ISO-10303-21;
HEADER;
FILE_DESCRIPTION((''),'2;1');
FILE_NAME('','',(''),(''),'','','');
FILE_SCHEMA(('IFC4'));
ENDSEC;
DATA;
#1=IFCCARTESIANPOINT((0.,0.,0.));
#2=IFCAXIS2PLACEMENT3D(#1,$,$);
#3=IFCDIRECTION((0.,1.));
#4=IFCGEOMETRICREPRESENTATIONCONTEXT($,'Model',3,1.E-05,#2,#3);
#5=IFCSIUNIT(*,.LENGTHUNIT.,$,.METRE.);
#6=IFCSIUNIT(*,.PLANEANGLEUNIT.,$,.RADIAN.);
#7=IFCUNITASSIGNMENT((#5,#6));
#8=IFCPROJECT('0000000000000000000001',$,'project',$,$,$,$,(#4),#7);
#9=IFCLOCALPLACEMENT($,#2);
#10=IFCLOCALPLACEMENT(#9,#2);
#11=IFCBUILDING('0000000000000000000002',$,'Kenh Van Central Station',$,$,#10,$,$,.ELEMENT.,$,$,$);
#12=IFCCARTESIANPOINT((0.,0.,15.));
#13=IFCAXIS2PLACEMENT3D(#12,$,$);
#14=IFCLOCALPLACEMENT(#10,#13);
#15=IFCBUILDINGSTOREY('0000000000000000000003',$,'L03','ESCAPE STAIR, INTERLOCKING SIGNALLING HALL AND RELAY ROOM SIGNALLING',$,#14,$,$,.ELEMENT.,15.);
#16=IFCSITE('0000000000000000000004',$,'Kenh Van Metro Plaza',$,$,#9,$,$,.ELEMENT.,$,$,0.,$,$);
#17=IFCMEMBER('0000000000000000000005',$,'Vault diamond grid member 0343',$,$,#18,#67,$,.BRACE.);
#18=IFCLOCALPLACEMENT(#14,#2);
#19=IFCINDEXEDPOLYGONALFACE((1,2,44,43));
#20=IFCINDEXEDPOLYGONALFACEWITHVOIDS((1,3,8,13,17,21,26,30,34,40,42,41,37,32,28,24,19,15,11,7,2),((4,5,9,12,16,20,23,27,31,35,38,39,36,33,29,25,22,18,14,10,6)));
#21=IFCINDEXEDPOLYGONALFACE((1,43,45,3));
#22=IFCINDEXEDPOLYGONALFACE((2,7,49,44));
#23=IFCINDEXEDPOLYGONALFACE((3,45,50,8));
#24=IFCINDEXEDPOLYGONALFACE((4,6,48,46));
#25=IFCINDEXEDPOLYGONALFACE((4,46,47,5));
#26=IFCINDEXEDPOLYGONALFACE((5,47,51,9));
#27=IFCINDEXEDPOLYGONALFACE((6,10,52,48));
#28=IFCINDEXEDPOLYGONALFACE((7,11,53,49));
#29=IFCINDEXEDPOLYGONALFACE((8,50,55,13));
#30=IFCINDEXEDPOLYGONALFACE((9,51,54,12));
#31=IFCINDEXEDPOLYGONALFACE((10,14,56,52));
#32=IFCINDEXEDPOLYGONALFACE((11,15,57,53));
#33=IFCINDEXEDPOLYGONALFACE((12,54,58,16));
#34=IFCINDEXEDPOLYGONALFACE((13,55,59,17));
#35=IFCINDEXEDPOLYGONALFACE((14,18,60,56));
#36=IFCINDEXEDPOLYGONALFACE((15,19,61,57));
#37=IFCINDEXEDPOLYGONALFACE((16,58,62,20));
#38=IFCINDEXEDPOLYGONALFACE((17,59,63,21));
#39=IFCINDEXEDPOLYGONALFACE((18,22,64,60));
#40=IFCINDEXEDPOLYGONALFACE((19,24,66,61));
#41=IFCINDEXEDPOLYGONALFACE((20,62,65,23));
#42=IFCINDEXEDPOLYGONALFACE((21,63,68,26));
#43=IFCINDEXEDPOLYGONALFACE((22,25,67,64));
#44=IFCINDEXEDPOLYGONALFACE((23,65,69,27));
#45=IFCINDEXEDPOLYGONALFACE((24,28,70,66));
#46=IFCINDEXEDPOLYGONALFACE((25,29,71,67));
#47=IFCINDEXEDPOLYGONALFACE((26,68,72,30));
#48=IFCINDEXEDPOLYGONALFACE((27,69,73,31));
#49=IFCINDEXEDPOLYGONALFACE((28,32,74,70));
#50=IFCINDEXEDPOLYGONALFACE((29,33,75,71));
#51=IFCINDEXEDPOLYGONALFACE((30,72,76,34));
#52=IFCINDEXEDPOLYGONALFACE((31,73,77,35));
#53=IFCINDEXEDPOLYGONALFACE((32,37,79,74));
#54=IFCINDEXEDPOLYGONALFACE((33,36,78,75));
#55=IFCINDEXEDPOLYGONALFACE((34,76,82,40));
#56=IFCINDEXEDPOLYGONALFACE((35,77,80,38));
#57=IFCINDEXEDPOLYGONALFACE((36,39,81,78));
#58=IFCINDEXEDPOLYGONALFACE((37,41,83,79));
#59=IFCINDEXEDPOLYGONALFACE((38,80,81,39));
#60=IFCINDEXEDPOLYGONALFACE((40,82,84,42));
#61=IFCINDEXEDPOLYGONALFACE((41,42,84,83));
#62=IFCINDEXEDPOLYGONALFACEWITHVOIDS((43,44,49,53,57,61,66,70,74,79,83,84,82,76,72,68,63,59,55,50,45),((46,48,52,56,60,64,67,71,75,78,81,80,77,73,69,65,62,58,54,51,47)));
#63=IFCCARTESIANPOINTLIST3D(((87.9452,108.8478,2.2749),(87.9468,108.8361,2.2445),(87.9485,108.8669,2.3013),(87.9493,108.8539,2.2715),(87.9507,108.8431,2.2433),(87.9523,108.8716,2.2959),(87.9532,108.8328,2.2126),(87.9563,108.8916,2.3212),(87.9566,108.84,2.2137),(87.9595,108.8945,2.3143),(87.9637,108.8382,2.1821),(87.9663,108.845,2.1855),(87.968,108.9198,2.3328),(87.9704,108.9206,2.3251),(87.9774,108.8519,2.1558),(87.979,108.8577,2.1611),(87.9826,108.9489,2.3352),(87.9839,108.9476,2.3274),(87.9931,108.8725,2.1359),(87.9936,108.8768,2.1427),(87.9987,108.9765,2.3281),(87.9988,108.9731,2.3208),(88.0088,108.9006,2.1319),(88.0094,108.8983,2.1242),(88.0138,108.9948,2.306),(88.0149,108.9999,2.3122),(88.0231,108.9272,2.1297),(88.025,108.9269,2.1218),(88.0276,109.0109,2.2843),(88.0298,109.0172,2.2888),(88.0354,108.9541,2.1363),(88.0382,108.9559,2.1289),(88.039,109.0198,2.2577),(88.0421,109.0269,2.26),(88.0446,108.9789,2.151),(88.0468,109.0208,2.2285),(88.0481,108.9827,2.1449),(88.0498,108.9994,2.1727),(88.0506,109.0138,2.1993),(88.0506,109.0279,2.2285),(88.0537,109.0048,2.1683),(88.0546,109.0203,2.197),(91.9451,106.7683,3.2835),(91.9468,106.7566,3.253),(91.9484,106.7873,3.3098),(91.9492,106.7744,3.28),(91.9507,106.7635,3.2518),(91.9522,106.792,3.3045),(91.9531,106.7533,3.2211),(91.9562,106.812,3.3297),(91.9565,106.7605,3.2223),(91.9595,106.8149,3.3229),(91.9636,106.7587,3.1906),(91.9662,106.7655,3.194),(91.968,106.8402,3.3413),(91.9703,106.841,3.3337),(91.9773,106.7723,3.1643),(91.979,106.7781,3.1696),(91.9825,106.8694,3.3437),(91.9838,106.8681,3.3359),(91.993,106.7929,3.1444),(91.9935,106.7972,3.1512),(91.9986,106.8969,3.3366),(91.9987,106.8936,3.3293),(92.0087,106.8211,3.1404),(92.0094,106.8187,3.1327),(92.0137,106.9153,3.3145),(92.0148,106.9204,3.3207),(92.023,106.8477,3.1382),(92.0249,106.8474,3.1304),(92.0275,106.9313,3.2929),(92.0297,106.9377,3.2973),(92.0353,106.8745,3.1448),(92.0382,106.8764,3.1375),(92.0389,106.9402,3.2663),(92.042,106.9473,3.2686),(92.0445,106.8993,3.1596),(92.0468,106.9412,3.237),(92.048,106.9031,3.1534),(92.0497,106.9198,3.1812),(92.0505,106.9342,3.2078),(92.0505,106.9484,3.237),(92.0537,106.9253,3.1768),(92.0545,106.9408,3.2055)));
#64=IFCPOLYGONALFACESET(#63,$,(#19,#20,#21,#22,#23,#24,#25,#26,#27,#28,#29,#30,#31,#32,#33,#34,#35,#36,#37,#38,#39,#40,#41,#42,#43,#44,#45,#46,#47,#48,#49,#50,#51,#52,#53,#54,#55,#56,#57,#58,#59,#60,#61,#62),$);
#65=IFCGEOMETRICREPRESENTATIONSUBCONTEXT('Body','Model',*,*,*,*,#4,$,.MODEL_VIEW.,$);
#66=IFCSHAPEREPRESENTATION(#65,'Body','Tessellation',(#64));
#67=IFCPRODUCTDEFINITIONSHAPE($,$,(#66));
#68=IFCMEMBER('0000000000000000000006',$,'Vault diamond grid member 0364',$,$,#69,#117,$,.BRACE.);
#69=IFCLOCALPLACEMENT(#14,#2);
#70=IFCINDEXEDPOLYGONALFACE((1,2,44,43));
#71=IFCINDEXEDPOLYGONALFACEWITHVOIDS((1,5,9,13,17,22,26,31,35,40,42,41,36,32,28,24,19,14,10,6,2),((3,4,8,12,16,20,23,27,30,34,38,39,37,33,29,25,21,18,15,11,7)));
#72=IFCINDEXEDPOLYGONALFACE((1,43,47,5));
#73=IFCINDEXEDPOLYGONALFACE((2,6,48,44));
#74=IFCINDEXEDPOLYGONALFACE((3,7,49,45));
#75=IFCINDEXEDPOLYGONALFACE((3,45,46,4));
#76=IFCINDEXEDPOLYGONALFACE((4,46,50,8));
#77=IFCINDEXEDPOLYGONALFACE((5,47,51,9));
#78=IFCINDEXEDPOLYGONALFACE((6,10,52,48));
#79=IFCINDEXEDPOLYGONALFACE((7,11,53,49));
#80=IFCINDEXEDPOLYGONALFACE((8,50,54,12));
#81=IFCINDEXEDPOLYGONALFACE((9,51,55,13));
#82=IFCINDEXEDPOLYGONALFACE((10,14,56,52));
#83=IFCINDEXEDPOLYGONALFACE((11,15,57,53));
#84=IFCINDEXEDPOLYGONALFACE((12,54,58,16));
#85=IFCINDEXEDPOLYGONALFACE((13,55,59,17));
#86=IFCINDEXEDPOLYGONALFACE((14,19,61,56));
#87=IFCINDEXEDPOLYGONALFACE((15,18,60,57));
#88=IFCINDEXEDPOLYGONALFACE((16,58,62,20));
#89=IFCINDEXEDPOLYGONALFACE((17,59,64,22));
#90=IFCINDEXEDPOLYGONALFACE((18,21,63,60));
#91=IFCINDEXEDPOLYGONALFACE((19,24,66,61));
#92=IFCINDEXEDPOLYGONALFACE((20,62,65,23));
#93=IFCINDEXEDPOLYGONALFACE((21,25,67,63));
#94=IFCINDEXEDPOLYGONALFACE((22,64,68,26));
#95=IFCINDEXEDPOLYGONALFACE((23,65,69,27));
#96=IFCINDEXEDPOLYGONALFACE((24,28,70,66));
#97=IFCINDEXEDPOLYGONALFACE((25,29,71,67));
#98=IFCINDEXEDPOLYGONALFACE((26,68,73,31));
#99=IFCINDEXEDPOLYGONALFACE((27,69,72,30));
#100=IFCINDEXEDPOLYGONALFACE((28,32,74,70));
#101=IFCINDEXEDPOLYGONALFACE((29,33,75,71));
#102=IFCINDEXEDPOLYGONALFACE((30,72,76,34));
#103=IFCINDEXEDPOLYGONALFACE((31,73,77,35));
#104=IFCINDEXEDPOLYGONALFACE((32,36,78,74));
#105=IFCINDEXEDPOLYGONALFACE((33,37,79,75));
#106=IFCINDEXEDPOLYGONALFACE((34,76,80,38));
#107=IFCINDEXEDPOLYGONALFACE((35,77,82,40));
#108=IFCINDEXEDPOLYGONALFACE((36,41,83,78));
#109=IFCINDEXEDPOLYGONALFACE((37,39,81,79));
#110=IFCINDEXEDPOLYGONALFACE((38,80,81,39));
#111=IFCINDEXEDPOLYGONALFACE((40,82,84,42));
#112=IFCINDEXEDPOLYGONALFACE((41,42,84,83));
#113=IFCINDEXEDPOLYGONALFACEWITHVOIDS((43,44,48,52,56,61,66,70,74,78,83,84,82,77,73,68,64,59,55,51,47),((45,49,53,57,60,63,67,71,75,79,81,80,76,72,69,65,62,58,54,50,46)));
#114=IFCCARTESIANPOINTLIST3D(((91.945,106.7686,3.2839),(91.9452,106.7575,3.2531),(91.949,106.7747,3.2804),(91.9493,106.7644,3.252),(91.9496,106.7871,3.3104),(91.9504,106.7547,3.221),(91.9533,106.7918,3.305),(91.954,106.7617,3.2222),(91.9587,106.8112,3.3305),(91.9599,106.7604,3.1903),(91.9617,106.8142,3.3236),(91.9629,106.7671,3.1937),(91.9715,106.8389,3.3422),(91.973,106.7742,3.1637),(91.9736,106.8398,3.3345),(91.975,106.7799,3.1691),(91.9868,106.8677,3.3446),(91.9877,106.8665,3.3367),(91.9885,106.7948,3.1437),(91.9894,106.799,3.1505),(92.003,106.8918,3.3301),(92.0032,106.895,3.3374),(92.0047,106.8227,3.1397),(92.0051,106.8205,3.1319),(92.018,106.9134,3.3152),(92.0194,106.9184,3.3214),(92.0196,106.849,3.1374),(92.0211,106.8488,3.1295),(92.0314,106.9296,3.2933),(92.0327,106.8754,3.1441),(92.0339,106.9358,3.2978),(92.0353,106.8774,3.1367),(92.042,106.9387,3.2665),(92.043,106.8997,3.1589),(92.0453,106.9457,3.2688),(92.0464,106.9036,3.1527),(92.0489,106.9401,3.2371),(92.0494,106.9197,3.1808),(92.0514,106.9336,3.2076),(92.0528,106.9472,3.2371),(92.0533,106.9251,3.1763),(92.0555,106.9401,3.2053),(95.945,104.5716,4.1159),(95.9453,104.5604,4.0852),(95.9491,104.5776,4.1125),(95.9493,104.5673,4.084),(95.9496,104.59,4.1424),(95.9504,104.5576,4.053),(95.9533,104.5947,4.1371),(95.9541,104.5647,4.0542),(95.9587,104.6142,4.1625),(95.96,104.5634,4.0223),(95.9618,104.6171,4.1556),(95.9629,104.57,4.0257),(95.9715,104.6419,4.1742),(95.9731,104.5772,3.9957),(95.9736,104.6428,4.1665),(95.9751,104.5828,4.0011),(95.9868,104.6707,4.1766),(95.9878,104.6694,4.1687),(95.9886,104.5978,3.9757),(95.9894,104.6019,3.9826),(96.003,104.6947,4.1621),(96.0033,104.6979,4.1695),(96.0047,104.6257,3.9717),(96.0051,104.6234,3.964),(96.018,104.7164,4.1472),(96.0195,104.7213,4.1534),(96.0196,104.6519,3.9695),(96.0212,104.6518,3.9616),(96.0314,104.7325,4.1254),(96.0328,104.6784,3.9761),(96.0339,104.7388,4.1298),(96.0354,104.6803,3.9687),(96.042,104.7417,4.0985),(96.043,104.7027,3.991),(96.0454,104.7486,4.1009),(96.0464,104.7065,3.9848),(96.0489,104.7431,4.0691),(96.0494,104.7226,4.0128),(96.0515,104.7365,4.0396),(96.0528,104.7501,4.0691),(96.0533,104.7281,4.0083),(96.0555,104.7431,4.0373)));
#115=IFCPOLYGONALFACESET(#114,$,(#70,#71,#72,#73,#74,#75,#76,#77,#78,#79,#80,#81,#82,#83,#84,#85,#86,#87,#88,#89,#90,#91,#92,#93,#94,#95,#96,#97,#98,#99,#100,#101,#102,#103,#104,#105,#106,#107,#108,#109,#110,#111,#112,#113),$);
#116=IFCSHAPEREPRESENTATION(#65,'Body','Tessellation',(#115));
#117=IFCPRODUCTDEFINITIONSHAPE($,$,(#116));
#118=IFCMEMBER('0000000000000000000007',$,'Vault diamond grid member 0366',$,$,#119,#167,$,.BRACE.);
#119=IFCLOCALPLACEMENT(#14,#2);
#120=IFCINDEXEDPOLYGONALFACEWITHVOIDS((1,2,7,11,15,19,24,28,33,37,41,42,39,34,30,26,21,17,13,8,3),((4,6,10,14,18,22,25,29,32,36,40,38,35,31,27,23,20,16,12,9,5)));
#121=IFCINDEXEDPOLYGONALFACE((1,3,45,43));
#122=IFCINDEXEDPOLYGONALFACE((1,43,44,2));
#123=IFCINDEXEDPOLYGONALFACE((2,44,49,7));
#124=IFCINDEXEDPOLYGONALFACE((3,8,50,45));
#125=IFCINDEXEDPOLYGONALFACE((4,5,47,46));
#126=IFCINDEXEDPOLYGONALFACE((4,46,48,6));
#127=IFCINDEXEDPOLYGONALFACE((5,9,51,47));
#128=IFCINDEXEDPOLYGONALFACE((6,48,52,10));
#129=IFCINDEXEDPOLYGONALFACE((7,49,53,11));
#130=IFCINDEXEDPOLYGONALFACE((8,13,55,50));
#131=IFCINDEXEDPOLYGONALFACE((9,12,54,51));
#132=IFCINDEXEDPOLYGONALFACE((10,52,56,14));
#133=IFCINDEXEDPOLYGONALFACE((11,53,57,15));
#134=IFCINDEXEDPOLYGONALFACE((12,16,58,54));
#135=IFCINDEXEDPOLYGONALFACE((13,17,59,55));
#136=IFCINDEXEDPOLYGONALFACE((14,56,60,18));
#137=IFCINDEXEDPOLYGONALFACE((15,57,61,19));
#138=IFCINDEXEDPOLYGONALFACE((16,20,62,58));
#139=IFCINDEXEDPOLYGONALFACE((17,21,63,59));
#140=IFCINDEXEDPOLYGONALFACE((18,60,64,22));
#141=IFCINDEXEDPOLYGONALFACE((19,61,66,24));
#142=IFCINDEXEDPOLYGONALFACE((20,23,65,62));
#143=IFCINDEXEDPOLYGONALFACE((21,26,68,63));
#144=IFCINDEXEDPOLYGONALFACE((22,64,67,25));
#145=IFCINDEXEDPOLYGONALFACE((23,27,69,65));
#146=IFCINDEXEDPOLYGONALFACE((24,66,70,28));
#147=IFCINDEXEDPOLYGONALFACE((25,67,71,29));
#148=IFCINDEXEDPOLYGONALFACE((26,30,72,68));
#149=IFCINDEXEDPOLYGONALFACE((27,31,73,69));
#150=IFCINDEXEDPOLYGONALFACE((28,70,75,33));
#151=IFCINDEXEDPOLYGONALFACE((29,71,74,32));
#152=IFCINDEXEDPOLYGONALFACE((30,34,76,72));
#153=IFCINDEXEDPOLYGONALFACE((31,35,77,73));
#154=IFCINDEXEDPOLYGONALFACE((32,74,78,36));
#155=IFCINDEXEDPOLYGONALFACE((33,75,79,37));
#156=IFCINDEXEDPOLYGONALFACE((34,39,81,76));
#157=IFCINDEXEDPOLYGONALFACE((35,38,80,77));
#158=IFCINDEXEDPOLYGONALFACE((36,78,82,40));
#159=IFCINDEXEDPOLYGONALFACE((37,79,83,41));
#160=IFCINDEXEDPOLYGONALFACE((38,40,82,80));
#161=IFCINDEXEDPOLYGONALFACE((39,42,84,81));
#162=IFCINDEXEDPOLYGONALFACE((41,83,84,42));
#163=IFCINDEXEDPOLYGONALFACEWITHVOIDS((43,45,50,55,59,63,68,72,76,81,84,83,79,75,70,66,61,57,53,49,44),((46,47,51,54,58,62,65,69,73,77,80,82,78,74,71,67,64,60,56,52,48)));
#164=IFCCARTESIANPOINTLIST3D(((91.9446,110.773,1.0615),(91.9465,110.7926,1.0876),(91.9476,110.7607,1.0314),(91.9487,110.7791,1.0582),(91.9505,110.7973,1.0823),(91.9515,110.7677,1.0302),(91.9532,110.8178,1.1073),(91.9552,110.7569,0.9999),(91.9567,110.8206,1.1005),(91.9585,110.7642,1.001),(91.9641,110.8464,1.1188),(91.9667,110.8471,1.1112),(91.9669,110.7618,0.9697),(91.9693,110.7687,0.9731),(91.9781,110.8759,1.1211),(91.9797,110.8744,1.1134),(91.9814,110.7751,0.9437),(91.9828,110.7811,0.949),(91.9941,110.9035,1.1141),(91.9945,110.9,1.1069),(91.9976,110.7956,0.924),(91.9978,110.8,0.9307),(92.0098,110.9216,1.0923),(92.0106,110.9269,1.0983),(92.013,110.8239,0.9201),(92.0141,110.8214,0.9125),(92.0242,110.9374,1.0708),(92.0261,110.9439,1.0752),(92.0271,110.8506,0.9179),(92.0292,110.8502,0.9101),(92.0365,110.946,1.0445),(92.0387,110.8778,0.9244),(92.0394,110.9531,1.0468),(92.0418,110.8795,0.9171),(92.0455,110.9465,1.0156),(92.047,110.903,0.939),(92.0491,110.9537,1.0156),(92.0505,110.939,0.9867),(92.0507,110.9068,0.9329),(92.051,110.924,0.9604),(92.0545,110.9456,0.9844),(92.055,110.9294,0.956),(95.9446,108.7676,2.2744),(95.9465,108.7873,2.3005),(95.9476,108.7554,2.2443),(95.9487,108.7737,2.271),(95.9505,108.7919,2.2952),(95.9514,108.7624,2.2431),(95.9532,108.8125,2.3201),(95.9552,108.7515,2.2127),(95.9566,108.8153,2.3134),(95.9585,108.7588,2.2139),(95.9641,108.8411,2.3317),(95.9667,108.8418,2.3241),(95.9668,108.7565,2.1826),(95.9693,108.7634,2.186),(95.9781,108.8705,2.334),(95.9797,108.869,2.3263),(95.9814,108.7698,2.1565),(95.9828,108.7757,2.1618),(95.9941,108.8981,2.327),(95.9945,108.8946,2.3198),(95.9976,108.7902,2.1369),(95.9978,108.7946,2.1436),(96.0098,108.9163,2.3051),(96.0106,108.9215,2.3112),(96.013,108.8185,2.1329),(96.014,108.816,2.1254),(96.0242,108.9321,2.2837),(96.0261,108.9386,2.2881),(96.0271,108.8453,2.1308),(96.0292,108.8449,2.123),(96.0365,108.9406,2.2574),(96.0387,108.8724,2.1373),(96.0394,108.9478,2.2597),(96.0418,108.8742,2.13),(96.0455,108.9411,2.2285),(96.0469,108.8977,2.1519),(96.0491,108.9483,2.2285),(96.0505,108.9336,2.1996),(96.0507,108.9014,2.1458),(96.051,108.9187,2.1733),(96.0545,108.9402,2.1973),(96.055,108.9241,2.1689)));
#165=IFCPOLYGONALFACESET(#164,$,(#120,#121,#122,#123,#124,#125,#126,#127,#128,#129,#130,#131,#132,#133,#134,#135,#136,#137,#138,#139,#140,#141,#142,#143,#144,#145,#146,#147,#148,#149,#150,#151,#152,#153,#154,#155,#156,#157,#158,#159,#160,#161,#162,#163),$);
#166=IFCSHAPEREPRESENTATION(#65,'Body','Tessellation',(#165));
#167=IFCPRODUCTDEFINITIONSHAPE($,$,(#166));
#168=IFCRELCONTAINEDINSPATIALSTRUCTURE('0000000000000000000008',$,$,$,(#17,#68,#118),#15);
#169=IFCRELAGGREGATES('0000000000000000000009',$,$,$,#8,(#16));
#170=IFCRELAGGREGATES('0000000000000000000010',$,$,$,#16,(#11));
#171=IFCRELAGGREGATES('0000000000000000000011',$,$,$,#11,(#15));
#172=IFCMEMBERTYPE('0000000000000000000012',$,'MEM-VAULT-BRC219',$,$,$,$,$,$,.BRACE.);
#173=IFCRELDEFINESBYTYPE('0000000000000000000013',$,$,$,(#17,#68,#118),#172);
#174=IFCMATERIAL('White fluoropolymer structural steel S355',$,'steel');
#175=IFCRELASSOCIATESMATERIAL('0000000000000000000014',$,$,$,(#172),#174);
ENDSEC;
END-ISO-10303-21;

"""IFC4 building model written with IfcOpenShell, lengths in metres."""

from ifc_helpers import new_model, si_unit, direction, frame, origin, origin_2d, place, context, subcontext, project, spatial, hollow_circle, extrude, material, material_profile, profile_set, type_object, element, save


model = new_model("IFC4")

# Units and contexts
model_context = context("Model", 3, precision=1e-05, world=origin(), true_north=direction((0.0, 1.0)))
body_context = subcontext(model_context, "Body", "Model", "MODEL_VIEW")
ifc_project = project(units=[si_unit("LENGTHUNIT", "METRE"), si_unit("PLANEANGLEUNIT", "RADIAN")], contexts=[model_context])

# Site, building, storey
site_placement = place(None, origin())
site = spatial("IfcSite", under=ifc_project, at=site_placement, Name="Kenh Van Metro Plaza", CompositionType="ELEMENT", RefElevation=0.0)
building_placement = place(site_placement, origin())
building = spatial("IfcBuilding", under=site, at=building_placement, Name="Kenh Van Central Station", CompositionType="ELEMENT")
storey_placement = place(building_placement, frame((0.0, 0.0, 15.0)))
storey = spatial("IfcBuildingStorey", under=building, at=storey_placement, Name="L03", Description="ESCAPE STAIR, INTERLOCKING SIGNALLING HALL AND RELAY ROOM SIGNALLING", CompositionType="ELEMENT", Elevation=15.0)

# Shared definitions
ifc_material_1 = material(Name="White fluoropolymer structural steel S355", Category="steel")

# Members
ifc_material_profile_1 = material_profile(ifc_material_1, hollow_circle(Radius=0.1096, WallThickness=0.0081, at=origin_2d()), Name="CHS 219.1x8")
ifc_profile_set_1 = profile_set([ifc_material_profile_1], Name="White fluoropolymer structural steel S355")
member_type_1 = type_object("IfcMemberType", Name="MEM-VAULT-BRC219", PredefinedType="BRACE", material=ifc_profile_set_1)
member_1_placement = place(storey_placement, frame((88.0, 108.9307, 2.2285), z_axis=(0.865852, -0.450154, 0.218313), x_axis=(0.461281, 0.887254, 0.0)))
element("IfcMember", 1, at=member_1_placement, inside=storey, type_object=member_type_1, Name="Vault diamond grid member 0343", PredefinedType="BRACE", context=body_context, shape_type="SweptSolid", body=[
    extrude(hollow_circle(Radius=0.1096, WallThickness=0.0081, at=origin_2d()), origin(), (0.0, 0.0, 1.0), 4.6196),
])
member_2_placement = place(storey_placement, frame((92.0, 106.8511, 3.2371), z_axis=(0.862278, -0.473611, 0.17936), x_axis=(0.481418, 0.876491, 0.0)))
element("IfcMember", 2, at=member_2_placement, inside=storey, type_object=member_type_1, Name="Vault diamond grid member 0364", PredefinedType="BRACE", context=body_context, shape_type="SweptSolid", body=[
    extrude(hollow_circle(Radius=0.1096, WallThickness=0.0081, at=origin_2d()), origin(), (0.0, 0.0, 1.0), 4.6389),
])
member_3_placement = place(storey_placement, frame((92.0, 110.8557, 1.0156), z_axis=(0.86281, -0.432564, 0.261624), x_axis=(0.448174, 0.893947, 0.0)))
element("IfcMember", 3, at=member_3_placement, inside=storey, type_object=member_type_1, Name="Vault diamond grid member 0366", PredefinedType="BRACE", context=body_context, shape_type="SweptSolid", body=[
    extrude(hollow_circle(Radius=0.1096, WallThickness=0.0081, at=origin_2d()), origin(), (0.0, 0.0, 1.0), 4.636),
])

save(model, "model.ifc")
